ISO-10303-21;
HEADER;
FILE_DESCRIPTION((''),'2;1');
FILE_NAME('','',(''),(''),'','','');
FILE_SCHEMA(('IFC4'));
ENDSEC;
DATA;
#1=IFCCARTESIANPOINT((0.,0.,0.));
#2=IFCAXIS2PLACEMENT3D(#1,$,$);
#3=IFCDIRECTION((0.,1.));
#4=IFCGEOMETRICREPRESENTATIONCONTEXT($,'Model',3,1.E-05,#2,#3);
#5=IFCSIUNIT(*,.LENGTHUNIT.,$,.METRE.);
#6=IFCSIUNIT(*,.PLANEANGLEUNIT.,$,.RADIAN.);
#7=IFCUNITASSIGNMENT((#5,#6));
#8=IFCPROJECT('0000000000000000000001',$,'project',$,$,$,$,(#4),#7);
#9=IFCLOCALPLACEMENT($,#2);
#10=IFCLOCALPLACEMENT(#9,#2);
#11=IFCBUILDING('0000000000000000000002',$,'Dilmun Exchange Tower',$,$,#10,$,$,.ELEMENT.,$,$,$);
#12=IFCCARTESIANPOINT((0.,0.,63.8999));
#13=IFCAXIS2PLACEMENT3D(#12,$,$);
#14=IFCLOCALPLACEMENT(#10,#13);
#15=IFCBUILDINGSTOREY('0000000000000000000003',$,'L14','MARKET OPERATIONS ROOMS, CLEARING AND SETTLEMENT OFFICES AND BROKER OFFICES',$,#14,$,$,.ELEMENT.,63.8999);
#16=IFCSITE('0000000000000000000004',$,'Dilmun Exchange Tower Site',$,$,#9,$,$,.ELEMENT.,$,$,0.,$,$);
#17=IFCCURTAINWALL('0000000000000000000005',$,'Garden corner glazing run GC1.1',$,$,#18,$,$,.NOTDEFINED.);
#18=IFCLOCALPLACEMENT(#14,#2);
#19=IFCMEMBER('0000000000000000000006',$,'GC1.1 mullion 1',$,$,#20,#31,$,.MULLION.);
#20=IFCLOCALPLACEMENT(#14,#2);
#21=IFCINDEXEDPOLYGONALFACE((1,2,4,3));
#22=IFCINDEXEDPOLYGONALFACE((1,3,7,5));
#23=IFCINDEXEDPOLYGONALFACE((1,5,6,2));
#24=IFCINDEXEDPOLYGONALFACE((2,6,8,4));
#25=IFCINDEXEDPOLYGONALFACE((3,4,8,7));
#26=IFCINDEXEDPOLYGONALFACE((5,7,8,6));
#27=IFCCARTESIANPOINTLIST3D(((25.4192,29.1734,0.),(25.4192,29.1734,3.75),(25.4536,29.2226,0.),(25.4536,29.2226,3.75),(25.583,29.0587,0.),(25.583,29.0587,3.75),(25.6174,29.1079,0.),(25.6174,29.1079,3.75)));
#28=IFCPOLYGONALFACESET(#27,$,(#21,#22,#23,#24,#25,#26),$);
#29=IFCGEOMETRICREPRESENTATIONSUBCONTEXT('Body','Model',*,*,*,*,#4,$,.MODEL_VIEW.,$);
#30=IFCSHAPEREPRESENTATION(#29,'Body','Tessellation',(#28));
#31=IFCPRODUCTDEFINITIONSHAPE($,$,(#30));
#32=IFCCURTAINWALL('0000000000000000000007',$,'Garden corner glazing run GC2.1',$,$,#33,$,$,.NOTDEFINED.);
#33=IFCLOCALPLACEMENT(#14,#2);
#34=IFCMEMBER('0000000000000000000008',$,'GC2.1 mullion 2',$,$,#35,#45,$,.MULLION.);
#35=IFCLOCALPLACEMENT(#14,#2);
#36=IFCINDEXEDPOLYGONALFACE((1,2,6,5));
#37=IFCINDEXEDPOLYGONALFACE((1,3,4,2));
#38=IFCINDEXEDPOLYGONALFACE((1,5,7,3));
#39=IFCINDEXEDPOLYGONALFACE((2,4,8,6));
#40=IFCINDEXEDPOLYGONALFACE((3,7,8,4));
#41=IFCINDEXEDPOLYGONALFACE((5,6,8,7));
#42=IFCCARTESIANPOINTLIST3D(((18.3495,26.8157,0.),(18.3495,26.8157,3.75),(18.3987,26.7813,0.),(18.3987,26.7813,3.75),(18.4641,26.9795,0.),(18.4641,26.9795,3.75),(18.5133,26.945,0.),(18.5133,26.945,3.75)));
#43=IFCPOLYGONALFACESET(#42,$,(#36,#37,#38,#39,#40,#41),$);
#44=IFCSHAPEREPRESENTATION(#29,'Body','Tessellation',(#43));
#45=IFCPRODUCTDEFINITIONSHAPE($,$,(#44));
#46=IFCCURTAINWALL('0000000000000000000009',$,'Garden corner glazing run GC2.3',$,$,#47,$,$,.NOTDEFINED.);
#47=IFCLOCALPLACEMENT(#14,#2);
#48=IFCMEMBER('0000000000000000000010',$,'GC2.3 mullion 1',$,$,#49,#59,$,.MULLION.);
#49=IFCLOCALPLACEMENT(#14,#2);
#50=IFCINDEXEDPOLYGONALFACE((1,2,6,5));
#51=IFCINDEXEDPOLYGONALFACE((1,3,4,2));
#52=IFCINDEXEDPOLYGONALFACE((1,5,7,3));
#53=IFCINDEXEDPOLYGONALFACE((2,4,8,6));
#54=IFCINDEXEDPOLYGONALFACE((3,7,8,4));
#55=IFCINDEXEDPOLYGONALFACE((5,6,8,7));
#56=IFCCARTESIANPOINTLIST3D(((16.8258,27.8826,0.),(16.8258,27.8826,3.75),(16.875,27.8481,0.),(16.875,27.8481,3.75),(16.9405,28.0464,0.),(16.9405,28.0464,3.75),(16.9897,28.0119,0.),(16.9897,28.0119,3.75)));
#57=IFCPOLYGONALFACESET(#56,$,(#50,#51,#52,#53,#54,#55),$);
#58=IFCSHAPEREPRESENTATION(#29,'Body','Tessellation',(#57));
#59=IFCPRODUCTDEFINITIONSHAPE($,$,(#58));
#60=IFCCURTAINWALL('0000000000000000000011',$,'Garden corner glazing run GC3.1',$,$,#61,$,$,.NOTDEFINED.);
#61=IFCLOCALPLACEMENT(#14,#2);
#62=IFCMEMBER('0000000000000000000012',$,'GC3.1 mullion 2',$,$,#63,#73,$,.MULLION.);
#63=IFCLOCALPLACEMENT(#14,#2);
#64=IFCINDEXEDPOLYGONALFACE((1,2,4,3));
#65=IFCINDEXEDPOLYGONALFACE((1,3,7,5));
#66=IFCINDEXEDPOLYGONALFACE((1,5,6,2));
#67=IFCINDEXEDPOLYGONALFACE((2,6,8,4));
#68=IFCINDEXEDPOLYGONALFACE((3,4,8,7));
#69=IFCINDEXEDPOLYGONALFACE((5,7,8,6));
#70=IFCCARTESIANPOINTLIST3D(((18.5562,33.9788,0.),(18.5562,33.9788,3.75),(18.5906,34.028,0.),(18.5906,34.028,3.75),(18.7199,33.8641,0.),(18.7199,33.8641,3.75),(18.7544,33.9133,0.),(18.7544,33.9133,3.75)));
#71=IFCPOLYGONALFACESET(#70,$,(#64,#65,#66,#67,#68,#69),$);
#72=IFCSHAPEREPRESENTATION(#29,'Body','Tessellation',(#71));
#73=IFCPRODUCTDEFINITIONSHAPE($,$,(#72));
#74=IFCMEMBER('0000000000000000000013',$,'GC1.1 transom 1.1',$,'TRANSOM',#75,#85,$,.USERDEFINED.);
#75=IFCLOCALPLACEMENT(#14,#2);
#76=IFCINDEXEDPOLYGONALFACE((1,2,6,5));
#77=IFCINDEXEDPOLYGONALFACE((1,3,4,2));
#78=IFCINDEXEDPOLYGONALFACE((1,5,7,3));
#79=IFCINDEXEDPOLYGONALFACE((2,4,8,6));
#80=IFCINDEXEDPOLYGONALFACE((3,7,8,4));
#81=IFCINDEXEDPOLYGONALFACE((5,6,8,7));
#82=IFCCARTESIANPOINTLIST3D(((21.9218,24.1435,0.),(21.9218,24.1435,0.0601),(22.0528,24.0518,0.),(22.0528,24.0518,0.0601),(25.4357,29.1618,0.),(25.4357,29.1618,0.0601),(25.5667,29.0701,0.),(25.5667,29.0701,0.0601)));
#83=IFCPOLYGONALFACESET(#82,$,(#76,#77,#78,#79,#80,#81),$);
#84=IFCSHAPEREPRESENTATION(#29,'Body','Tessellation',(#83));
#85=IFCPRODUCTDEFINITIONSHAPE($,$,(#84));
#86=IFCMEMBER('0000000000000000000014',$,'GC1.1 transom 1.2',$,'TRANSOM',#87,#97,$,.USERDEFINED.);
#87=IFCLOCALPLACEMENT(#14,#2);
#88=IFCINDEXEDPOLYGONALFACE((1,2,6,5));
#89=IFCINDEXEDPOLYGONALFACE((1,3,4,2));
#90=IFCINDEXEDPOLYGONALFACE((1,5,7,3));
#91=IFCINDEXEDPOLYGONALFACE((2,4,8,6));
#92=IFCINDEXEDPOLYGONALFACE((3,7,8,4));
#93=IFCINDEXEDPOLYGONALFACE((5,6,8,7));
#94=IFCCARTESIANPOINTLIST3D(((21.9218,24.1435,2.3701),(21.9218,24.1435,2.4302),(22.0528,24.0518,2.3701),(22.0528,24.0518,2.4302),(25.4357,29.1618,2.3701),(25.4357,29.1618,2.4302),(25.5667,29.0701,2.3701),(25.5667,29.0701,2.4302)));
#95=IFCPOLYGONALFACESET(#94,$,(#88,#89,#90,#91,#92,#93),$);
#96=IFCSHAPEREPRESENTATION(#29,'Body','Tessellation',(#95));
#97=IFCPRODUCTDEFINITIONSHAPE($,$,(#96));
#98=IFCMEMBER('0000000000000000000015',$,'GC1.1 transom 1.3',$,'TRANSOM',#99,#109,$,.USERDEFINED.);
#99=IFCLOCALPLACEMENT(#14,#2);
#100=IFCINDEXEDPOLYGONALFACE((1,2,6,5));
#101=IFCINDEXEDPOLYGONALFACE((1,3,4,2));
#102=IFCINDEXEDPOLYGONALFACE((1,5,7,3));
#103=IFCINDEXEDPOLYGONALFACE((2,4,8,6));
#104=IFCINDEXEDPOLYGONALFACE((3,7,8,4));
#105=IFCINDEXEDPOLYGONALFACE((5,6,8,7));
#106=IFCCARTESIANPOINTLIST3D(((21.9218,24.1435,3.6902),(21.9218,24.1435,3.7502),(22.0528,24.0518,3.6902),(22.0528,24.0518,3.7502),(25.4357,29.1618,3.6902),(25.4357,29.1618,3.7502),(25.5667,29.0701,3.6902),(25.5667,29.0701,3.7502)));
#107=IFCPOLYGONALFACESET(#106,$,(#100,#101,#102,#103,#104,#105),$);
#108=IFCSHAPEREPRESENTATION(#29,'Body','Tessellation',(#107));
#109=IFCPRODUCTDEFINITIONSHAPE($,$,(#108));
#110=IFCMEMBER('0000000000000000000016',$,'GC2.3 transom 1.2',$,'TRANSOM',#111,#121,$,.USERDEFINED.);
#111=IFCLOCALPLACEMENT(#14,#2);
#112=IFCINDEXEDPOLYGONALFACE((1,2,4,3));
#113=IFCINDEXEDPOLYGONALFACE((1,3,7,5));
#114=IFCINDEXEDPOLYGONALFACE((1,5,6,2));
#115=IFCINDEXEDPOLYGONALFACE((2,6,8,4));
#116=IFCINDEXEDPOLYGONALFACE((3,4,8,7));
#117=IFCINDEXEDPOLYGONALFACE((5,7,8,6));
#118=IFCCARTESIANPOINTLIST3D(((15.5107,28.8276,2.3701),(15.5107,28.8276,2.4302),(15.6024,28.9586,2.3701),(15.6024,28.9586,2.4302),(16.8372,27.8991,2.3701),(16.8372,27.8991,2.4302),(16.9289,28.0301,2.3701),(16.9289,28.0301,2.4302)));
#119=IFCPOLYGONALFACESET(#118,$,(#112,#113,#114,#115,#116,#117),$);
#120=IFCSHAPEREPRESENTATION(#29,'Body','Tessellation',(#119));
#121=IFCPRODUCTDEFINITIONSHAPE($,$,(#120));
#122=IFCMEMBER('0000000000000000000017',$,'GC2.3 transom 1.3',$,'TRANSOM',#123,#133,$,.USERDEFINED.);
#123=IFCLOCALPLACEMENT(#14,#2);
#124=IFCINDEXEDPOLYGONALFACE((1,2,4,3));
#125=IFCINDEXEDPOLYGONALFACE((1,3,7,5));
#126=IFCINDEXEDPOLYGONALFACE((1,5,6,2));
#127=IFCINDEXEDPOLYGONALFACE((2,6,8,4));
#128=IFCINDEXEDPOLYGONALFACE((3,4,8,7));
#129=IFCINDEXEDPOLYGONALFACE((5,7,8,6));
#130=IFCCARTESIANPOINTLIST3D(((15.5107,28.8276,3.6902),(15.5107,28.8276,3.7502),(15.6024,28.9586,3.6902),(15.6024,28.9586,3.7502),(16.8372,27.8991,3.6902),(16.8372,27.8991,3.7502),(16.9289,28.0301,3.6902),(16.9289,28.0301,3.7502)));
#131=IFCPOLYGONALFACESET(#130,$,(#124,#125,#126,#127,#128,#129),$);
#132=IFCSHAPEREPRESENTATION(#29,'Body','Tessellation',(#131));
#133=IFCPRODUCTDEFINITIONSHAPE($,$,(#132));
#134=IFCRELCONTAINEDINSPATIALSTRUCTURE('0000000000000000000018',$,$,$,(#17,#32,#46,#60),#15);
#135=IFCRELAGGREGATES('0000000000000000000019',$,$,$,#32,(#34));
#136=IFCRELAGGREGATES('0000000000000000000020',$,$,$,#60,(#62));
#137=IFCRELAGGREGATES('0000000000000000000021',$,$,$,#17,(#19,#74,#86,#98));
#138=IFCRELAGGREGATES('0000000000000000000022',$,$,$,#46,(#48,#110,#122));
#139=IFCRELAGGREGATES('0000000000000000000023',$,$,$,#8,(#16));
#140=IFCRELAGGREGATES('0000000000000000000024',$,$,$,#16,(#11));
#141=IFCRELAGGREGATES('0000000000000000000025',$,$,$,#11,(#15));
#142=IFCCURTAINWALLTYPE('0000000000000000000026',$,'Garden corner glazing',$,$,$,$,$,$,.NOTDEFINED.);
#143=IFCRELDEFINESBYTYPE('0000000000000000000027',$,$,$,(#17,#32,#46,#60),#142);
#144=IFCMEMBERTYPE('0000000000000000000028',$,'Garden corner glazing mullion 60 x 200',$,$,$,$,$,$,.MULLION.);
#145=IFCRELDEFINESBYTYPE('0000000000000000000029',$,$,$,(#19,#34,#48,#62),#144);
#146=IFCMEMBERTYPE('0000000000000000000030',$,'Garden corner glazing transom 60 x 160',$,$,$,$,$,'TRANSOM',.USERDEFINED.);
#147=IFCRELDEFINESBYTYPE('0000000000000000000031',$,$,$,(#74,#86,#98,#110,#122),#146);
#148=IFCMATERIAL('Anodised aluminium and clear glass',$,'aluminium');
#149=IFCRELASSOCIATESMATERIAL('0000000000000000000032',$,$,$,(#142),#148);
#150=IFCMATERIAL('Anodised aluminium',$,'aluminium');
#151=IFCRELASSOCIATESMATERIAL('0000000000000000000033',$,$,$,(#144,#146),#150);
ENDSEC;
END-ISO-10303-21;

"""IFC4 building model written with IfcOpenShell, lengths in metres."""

from ifc_helpers import new_model, si_unit, direction, frame, origin, origin_2d, place, context, subcontext, project, spatial, rectangle, extrude, material, material_profile, profile_set, type_object, element, aggregate, save


model = new_model("IFC4")

# Units and contexts
model_context = context("Model", 3, precision=1e-05, world=origin(), true_north=direction((0.0, 1.0)))
body_context = subcontext(model_context, "Body", "Model", "MODEL_VIEW")
ifc_project = project(units=[si_unit("LENGTHUNIT", "METRE"), si_unit("PLANEANGLEUNIT", "RADIAN")], contexts=[model_context])

# Site, building, storey
site_placement = place(None, origin())
site = spatial("IfcSite", under=ifc_project, at=site_placement, Name="Dilmun Exchange Tower Site", CompositionType="ELEMENT", RefElevation=0.0)
building_placement = place(site_placement, origin())
building = spatial("IfcBuilding", under=site, at=building_placement, Name="Dilmun Exchange Tower", CompositionType="ELEMENT")
storey_placement = place(building_placement, frame((0.0, 0.0, 63.8999)))
storey = spatial("IfcBuildingStorey", under=building, at=storey_placement, Name="L14", Description="MARKET OPERATIONS ROOMS, CLEARING AND SETTLEMENT OFFICES AND BROKER OFFICES", CompositionType="ELEMENT", Elevation=63.8999)

# Curtain walls, members
ifc_material_1 = material(Name="Anodised aluminium and clear glass", Category="aluminium")
curtain_wall_type = type_object("IfcCurtainWallType", Name="Garden corner glazing", PredefinedType="NOTDEFINED", material=ifc_material_1)
curtain_wall_1_placement = place(storey_placement, origin())
curtain_wall_1 = element("IfcCurtainWall", 1, at=curtain_wall_1_placement, inside=storey, type_object=curtain_wall_type, Name="Garden corner glazing run GC1.1", PredefinedType="NOTDEFINED")
ifc_material_2 = material(Name="Anodised aluminium", Category="aluminium")
ifc_material_profile_1 = material_profile(ifc_material_2, rectangle(XDim=0.2, YDim=0.0601, at=origin_2d()), Name="AL 60x200")
ifc_profile_set_1 = profile_set([ifc_material_profile_1], Name="Anodised aluminium")
member_type_1 = type_object("IfcMemberType", Name="Garden corner glazing mullion 60 x 200", PredefinedType="MULLION", material=ifc_profile_set_1)
member_1_placement = place(storey_placement, frame((25.5183, 29.1406, 0.0), z_axis=(0.0, 0.0, 1.0), x_axis=(0.819154, -0.573574, 0.0)))
member_1 = element("IfcMember", 2, at=member_1_placement, type_object=member_type_1, Name="GC1.1 mullion 1", PredefinedType="MULLION", context=body_context, shape_type="SweptSolid", body=[
    extrude(rectangle(XDim=0.2, YDim=0.0601, at=origin_2d()), origin(), (0.0, 0.0, 1.0), 3.75),
])
curtain_wall_2_placement = place(storey_placement, origin())
curtain_wall_2 = element("IfcCurtainWall", 3, at=curtain_wall_2_placement, inside=storey, type_object=curtain_wall_type, Name="Garden corner glazing run GC2.1", PredefinedType="NOTDEFINED")
member_2_placement = place(storey_placement, frame((18.4314, 26.8804, 0.0), z_axis=(0.0, 0.0, 1.0), x_axis=(-0.573576, -0.819152, 0.0)))
member_2 = element("IfcMember", 4, at=member_2_placement, type_object=member_type_1, Name="GC2.1 mullion 2", PredefinedType="MULLION", context=body_context, shape_type="SweptSolid", body=[
    extrude(rectangle(XDim=0.2, YDim=0.0601, at=origin_2d()), origin(), (0.0, 0.0, 1.0), 3.75),
])
aggregate(curtain_wall_2, [member_2])
curtain_wall_3_placement = place(storey_placement, origin())
curtain_wall_3 = element("IfcCurtainWall", 5, at=curtain_wall_3_placement, inside=storey, type_object=curtain_wall_type, Name="Garden corner glazing run GC2.3", PredefinedType="NOTDEFINED")
member_3_placement = place(storey_placement, frame((16.9077, 27.9473, 0.0), z_axis=(0.0, 0.0, 1.0), x_axis=(-0.57357, -0.819156, 0.0)))
member_3 = element("IfcMember", 6, at=member_3_placement, type_object=member_type_1, Name="GC2.3 mullion 1", PredefinedType="MULLION", context=body_context, shape_type="SweptSolid", body=[
    extrude(rectangle(XDim=0.2, YDim=0.0601, at=origin_2d()), origin(), (0.0, 0.0, 1.0), 3.75),
])
curtain_wall_4_placement = place(storey_placement, origin())
curtain_wall_4 = element("IfcCurtainWall", 7, at=curtain_wall_4_placement, inside=storey, type_object=curtain_wall_type, Name="Garden corner glazing run GC3.1", PredefinedType="NOTDEFINED")
member_4_placement = place(storey_placement, frame((18.6553, 33.946, 0.0), z_axis=(0.0, 0.0, 1.0), x_axis=(-0.819154, 0.573574, 0.0)))
member_4 = element("IfcMember", 8, at=member_4_placement, type_object=member_type_1, Name="GC3.1 mullion 2", PredefinedType="MULLION", context=body_context, shape_type="SweptSolid", body=[
    extrude(rectangle(XDim=0.2, YDim=0.0601, at=origin_2d()), origin(), (0.0, 0.0, 1.0), 3.75),
])
aggregate(curtain_wall_4, [member_4])

# Members
ifc_material_profile_2 = material_profile(ifc_material_2, rectangle(XDim=0.1599, YDim=0.0601, at=origin_2d()), Name="AL 60x160")
ifc_profile_set_2 = profile_set([ifc_material_profile_2], Name="Anodised aluminium")
member_type_2 = type_object("IfcMemberType", Name="Garden corner glazing transom 60 x 160", ElementType="TRANSOM", PredefinedType="USERDEFINED", material=ifc_profile_set_2)
member_5_placement = place(storey_placement, frame((25.5012, 29.116, 0.03), z_axis=(-0.573583, -0.819148, 0.0), x_axis=(0.819148, -0.573583, 0.0)))
member_5 = element("IfcMember", 9, at=member_5_placement, type_object=member_type_2, Name="GC1.1 transom 1.1", ObjectType="TRANSOM", PredefinedType="USERDEFINED", context=body_context, shape_type="SweptSolid", body=[
    extrude(rectangle(XDim=0.1599, YDim=0.0601, at=origin_2d()), origin(), (0.0, 0.0, 1.0), 6.1262),
])
member_6_placement = place(storey_placement, frame((25.5012, 29.116, 2.4001), z_axis=(-0.573583, -0.819148, 0.0), x_axis=(0.819148, -0.573583, 0.0)))
member_6 = element("IfcMember", 10, at=member_6_placement, type_object=member_type_2, Name="GC1.1 transom 1.2", ObjectType="TRANSOM", PredefinedType="USERDEFINED", context=body_context, shape_type="SweptSolid", body=[
    extrude(rectangle(XDim=0.1599, YDim=0.0601, at=origin_2d()), origin(), (0.0, 0.0, 1.0), 6.1262),
])
member_7_placement = place(storey_placement, frame((25.5012, 29.116, 3.7202), z_axis=(-0.573583, -0.819148, 0.0), x_axis=(0.819148, -0.573583, 0.0)))
member_7 = element("IfcMember", 11, at=member_7_placement, type_object=member_type_2, Name="GC1.1 transom 1.3", ObjectType="TRANSOM", PredefinedType="USERDEFINED", context=body_context, shape_type="SweptSolid", body=[
    extrude(rectangle(XDim=0.1599, YDim=0.0601, at=origin_2d()), origin(), (0.0, 0.0, 1.0), 6.1262),
])
aggregate(curtain_wall_1, [member_1, member_5, member_6, member_7])
member_8_placement = place(storey_placement, frame((16.8831, 27.9646, 2.4001), z_axis=(-0.819239, 0.573452, 0.0), x_axis=(-0.573452, -0.819239, 0.0)))
member_8 = element("IfcMember", 12, at=member_8_placement, type_object=member_type_2, Name="GC2.3 transom 1.2", ObjectType="TRANSOM", PredefinedType="USERDEFINED", context=body_context, shape_type="SweptSolid", body=[
    extrude(rectangle(XDim=0.1599, YDim=0.0601, at=origin_2d()), origin(), (0.0, 0.0, 1.0), 1.6191),
])
member_9_placement = place(storey_placement, frame((16.8831, 27.9646, 3.7202), z_axis=(-0.819239, 0.573452, 0.0), x_axis=(-0.573452, -0.819239, 0.0)))
member_9 = element("IfcMember", 13, at=member_9_placement, type_object=member_type_2, Name="GC2.3 transom 1.3", ObjectType="TRANSOM", PredefinedType="USERDEFINED", context=body_context, shape_type="SweptSolid", body=[
    extrude(rectangle(XDim=0.1599, YDim=0.0601, at=origin_2d()), origin(), (0.0, 0.0, 1.0), 1.6191),
])
aggregate(curtain_wall_3, [member_3, member_8, member_9])

save(model, "model.ifc")
